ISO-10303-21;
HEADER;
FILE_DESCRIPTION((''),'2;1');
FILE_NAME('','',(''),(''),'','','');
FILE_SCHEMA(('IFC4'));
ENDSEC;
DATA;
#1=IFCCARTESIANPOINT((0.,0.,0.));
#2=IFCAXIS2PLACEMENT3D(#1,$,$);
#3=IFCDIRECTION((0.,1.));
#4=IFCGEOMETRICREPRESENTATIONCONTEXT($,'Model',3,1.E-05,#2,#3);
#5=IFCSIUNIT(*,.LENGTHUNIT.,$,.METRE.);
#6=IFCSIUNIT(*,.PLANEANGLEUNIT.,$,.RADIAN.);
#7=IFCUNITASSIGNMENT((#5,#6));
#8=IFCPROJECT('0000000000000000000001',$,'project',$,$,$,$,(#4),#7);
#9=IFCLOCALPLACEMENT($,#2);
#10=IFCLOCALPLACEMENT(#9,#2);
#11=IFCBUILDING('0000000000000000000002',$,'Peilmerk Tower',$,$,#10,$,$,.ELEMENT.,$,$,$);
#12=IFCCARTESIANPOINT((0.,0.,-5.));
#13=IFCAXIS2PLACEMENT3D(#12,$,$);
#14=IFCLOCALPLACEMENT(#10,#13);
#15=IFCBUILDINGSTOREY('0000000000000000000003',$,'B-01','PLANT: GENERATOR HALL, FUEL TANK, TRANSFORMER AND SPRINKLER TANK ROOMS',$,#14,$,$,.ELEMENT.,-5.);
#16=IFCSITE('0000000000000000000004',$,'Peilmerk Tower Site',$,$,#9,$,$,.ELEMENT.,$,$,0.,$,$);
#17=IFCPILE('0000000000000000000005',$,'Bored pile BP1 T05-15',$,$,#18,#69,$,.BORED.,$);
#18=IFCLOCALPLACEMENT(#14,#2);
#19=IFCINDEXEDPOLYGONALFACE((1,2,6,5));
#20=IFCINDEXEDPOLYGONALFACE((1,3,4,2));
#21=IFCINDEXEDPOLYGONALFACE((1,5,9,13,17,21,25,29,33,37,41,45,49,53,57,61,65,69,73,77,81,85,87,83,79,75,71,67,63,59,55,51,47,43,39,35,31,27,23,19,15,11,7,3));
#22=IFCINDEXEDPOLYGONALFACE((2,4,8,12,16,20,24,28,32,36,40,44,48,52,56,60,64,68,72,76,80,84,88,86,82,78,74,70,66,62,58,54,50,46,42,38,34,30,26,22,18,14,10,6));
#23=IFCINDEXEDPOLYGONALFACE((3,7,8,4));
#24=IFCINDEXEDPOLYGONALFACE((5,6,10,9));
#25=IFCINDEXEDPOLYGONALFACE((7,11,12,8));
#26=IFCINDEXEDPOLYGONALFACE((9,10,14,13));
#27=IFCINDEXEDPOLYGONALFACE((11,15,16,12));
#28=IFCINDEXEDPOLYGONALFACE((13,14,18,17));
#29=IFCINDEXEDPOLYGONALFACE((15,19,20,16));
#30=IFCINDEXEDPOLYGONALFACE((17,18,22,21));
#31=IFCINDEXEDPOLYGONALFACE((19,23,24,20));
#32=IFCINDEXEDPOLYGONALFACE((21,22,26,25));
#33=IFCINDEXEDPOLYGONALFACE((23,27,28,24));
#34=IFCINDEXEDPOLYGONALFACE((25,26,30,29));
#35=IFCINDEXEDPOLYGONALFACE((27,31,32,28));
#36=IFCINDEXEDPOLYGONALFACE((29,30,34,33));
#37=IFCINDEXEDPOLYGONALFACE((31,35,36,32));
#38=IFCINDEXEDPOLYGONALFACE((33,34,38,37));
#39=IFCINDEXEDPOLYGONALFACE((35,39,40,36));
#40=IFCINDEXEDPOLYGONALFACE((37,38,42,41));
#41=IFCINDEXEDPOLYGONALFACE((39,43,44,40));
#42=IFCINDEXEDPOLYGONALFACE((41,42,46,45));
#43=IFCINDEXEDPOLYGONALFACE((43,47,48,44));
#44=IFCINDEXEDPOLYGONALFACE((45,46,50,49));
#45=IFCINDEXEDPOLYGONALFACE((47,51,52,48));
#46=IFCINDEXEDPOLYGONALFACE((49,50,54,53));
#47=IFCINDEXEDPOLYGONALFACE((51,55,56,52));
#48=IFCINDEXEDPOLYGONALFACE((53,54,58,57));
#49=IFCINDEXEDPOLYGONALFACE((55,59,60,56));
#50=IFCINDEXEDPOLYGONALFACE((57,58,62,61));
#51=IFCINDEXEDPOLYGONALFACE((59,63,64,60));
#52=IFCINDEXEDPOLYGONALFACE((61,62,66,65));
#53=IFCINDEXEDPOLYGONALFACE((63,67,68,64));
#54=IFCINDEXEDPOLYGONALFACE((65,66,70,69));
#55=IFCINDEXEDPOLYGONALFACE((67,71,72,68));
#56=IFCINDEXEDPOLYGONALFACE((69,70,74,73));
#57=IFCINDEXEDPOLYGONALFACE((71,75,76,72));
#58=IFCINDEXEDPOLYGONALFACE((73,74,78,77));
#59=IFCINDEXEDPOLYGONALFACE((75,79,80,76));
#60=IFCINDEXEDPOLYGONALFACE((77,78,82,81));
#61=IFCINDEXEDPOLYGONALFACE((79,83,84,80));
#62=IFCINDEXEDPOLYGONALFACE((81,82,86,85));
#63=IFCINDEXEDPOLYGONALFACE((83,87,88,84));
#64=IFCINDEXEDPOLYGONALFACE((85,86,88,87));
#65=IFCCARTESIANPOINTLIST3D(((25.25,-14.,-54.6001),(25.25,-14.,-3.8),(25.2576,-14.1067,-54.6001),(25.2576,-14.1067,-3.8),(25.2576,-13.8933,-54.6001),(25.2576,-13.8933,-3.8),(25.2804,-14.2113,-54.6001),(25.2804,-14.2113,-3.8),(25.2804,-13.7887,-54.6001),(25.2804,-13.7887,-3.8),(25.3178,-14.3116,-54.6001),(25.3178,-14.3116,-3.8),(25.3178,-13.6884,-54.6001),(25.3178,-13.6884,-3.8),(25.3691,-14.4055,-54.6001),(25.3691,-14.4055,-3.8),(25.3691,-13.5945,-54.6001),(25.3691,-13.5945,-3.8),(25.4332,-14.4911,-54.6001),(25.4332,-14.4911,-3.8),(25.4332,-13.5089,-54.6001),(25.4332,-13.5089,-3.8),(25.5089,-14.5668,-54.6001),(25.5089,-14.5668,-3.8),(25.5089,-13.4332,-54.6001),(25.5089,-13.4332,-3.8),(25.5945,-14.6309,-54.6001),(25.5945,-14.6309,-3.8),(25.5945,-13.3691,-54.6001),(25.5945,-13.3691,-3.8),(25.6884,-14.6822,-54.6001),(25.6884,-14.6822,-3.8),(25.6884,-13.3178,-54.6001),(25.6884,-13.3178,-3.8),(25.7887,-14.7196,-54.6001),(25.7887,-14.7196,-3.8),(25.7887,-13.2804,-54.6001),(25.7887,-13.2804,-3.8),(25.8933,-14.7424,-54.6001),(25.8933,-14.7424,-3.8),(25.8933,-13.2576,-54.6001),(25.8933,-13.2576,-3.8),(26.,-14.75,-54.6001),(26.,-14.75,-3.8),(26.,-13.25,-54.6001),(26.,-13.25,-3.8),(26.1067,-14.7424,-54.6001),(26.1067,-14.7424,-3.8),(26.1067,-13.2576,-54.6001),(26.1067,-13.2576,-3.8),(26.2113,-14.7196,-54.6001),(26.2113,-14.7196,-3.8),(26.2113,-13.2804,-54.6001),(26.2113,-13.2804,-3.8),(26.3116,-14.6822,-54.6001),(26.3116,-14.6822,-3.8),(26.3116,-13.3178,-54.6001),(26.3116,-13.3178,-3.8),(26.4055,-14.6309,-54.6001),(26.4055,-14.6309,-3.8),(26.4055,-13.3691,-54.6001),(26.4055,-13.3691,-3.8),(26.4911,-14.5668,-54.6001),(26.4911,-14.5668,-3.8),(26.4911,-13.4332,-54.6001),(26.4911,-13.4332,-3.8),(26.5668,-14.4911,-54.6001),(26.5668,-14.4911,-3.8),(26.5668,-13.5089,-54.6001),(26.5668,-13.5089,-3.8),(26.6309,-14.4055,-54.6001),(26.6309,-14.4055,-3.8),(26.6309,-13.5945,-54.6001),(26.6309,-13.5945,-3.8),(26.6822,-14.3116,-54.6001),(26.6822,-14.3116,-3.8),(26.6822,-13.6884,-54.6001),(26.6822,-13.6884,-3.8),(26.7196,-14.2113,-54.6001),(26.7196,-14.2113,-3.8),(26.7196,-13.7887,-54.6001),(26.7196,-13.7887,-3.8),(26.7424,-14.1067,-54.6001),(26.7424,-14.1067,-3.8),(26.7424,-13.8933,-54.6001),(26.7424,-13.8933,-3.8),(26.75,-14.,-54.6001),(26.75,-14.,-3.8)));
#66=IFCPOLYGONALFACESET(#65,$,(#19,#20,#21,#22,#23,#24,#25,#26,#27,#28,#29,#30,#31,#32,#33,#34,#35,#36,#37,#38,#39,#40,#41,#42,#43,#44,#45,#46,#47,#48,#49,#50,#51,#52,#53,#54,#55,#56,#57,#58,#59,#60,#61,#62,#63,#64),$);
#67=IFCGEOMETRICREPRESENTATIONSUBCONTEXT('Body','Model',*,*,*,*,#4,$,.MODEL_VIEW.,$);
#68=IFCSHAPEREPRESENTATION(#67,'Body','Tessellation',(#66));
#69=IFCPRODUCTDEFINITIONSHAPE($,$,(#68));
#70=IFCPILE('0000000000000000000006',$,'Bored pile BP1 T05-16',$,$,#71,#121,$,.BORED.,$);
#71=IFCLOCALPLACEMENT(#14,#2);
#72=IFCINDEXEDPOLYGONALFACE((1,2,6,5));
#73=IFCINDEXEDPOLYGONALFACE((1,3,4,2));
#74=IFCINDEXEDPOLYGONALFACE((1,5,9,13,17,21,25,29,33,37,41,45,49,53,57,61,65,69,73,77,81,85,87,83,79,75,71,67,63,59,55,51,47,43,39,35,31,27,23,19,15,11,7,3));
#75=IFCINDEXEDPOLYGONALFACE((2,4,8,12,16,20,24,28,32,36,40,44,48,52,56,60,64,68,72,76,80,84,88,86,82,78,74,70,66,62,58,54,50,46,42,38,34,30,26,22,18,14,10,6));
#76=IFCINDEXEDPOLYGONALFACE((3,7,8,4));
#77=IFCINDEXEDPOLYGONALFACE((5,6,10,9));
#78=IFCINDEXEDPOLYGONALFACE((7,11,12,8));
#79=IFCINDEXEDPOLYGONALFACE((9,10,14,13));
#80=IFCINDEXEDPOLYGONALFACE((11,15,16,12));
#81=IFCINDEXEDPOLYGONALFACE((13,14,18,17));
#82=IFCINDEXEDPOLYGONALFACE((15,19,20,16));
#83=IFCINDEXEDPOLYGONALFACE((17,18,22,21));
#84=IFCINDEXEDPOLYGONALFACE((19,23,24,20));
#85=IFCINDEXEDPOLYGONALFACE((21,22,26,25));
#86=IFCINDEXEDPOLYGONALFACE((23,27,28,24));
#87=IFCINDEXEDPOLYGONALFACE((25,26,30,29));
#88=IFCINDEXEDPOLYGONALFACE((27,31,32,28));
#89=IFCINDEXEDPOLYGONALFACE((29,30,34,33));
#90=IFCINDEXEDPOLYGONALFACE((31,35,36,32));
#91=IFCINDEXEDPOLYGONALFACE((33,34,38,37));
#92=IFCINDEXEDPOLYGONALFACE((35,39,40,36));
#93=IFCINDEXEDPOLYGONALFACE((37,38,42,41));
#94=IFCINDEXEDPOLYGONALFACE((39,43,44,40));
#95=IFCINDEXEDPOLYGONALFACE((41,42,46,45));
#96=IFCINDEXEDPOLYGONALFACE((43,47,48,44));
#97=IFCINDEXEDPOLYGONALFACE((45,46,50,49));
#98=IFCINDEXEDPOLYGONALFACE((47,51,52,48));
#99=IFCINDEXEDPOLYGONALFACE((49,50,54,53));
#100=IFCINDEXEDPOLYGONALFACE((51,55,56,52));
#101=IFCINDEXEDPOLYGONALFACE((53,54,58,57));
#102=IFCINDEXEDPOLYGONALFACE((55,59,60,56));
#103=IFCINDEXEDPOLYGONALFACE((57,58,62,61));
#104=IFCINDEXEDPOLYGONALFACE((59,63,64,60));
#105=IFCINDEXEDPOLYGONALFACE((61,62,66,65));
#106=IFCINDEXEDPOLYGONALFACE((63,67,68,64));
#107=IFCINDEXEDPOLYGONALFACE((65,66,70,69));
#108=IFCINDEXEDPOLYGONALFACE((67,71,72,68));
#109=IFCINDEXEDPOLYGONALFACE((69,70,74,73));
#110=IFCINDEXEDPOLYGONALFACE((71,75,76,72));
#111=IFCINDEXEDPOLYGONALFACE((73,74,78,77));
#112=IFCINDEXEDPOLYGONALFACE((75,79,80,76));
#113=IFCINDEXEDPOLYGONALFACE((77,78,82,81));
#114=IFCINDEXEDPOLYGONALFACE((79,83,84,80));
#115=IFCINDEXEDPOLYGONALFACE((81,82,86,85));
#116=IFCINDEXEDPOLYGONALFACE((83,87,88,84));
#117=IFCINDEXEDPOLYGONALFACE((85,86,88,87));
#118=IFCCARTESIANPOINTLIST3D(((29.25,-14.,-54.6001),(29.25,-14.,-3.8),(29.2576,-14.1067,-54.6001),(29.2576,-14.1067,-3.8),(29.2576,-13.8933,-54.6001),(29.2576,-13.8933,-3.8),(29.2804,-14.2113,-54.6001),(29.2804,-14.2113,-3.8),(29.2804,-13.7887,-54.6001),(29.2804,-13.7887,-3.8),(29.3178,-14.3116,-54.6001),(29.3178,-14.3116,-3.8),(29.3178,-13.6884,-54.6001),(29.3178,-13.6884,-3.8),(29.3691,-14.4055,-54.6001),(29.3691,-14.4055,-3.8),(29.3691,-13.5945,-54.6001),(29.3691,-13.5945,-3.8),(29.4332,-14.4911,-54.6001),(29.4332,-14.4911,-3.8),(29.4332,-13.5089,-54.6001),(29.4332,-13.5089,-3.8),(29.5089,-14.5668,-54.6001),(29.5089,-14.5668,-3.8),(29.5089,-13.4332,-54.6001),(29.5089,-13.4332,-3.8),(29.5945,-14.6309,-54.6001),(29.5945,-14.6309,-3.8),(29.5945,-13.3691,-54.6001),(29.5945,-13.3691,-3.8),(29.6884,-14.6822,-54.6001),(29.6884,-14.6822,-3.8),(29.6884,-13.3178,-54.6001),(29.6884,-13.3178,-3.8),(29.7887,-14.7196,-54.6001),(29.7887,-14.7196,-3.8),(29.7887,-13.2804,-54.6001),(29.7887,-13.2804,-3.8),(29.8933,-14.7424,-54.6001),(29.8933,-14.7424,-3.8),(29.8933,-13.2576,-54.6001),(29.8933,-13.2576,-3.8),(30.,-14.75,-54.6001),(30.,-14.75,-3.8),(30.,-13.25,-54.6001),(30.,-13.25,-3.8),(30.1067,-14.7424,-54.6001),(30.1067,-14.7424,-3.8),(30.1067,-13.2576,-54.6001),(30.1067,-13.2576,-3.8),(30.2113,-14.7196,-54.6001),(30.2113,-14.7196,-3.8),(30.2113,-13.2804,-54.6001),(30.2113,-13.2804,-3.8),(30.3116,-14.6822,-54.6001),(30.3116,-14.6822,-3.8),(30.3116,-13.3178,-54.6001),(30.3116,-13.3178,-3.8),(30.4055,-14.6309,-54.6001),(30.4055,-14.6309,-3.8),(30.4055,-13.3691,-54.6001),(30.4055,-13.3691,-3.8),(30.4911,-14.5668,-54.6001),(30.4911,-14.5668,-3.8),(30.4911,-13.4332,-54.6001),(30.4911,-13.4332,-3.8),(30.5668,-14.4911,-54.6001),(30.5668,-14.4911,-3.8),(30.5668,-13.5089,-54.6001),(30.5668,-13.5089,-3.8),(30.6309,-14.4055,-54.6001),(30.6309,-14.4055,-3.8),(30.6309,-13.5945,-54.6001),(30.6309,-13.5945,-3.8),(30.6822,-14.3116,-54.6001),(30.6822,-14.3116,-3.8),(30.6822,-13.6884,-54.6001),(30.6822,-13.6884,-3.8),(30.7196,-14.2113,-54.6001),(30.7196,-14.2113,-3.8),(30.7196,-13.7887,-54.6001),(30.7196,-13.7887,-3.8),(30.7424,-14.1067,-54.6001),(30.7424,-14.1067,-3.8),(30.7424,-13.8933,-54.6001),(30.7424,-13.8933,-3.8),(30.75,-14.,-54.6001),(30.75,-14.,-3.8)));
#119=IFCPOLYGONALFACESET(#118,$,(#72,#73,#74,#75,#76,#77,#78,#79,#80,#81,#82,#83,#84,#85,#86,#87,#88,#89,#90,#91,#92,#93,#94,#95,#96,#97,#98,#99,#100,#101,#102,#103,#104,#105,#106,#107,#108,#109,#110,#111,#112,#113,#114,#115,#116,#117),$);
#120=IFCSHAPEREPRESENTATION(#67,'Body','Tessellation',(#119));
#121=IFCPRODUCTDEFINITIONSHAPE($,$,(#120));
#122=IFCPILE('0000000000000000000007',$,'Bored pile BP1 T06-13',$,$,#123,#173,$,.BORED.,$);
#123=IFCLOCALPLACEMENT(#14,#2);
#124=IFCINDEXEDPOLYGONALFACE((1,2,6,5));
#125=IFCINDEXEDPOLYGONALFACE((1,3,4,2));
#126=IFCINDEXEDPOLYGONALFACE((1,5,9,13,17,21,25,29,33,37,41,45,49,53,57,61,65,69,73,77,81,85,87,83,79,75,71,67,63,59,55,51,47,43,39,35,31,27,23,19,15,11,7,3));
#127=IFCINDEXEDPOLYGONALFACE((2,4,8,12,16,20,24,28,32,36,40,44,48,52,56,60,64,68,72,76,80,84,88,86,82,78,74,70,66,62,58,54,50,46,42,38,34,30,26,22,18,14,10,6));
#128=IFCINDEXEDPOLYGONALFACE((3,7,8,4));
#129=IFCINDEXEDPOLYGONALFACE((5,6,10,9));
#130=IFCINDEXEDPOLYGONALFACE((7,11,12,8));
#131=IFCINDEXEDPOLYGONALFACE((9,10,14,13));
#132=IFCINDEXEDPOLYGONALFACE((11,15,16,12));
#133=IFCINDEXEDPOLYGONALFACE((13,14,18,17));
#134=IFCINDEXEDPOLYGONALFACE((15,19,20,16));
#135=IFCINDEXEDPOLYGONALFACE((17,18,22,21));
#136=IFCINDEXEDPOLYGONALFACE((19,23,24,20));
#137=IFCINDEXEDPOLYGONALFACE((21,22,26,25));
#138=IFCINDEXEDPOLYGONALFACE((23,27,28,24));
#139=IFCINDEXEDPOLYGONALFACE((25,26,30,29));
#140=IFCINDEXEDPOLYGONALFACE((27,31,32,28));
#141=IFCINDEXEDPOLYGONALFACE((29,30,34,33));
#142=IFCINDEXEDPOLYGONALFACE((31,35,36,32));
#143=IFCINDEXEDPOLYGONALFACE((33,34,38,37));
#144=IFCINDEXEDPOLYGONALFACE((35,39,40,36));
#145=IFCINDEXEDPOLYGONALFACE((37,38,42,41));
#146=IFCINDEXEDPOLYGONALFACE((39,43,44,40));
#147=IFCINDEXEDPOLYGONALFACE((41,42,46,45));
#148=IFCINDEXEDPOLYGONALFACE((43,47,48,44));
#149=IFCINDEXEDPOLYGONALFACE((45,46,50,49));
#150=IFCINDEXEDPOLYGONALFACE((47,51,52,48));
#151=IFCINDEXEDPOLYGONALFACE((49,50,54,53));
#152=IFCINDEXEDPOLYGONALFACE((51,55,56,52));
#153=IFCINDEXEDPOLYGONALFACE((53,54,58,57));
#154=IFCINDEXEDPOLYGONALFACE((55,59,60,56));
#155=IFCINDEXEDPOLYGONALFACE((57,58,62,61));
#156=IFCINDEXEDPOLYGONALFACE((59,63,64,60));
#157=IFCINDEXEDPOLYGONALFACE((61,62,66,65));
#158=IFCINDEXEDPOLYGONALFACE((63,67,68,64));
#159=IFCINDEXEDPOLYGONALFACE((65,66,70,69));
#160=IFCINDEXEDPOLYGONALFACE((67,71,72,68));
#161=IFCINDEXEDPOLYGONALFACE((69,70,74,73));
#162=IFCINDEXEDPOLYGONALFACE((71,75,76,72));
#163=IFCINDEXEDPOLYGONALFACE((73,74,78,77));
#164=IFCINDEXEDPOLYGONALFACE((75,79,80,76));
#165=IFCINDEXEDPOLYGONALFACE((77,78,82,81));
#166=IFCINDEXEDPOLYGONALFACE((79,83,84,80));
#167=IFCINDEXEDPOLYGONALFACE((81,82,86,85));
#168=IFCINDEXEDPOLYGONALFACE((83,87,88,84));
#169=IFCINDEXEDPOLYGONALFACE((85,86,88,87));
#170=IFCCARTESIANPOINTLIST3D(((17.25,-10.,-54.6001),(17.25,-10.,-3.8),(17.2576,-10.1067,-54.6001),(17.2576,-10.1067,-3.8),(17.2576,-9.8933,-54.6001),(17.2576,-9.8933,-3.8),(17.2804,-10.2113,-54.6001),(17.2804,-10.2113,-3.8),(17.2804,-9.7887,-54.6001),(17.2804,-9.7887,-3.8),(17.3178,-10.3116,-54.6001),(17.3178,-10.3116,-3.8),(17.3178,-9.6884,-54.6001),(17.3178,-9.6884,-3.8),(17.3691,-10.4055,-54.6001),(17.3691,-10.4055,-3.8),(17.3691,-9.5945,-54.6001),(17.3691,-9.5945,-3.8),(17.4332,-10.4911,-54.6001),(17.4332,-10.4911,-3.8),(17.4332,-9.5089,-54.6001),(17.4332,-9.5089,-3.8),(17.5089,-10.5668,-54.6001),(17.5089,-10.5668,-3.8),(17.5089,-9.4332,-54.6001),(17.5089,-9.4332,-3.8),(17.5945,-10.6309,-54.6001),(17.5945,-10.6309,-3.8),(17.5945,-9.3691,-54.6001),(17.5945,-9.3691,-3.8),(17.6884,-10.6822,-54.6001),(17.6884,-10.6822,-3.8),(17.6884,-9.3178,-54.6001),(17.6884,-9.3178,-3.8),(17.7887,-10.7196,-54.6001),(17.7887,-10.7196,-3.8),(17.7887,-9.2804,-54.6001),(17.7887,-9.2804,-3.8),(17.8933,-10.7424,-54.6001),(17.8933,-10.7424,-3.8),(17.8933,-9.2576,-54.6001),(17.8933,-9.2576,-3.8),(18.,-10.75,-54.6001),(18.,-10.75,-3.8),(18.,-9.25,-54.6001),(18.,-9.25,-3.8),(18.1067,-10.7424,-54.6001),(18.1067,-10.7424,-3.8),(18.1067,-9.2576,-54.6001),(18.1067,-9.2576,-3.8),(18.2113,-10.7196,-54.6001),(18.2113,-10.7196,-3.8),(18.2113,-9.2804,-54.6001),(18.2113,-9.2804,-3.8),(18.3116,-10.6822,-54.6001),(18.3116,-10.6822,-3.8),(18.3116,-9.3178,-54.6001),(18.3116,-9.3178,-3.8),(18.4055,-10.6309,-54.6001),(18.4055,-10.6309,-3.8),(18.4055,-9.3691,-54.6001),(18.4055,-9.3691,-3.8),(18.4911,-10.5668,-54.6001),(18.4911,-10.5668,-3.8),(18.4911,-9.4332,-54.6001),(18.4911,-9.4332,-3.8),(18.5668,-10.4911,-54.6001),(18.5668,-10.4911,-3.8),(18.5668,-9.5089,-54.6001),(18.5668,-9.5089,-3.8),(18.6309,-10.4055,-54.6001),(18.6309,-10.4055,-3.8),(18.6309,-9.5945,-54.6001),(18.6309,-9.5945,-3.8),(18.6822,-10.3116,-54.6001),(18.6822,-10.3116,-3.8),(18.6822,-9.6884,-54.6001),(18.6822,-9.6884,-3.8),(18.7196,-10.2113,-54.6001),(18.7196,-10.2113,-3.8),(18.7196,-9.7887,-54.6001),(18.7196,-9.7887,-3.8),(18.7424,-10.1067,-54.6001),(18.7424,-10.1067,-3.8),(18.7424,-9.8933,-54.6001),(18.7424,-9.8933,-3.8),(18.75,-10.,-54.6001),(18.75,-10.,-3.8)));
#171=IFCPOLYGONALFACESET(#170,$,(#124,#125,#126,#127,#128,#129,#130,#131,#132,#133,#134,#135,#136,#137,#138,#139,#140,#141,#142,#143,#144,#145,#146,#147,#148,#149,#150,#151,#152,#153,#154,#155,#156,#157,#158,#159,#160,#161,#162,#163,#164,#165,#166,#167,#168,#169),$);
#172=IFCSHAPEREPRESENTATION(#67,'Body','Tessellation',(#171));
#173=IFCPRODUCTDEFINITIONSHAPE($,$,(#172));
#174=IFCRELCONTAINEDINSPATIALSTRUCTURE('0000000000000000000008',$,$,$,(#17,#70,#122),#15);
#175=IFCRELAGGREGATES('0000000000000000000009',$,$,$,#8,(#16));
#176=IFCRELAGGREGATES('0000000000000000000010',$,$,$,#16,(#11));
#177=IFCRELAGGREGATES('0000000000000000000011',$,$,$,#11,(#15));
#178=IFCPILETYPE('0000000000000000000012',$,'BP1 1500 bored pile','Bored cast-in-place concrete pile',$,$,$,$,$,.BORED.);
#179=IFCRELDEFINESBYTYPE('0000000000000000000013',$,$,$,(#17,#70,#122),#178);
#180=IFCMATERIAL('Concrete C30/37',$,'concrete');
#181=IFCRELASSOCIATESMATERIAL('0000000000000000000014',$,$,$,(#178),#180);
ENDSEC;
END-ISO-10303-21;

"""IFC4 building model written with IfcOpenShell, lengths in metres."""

from ifc_helpers import new_model, si_unit, direction, frame, origin, origin_2d, place, context, subcontext, project, spatial, circle, extrude, material, material_profile, profile_set, type_object, element, save


model = new_model("IFC4")

# Units and contexts
model_context = context("Model", 3, precision=1e-05, world=origin(), true_north=direction((0.0, 1.0)))
body_context = subcontext(model_context, "Body", "Model", "MODEL_VIEW")
ifc_project = project(units=[si_unit("LENGTHUNIT", "METRE"), si_unit("PLANEANGLEUNIT", "RADIAN")], contexts=[model_context])

# Site, building, storey
site_placement = place(None, origin())
site = spatial("IfcSite", under=ifc_project, at=site_placement, Name="Peilmerk Tower Site", CompositionType="ELEMENT", RefElevation=0.0)
building_placement = place(site_placement, origin())
building = spatial("IfcBuilding", under=site, at=building_placement, Name="Peilmerk Tower", CompositionType="ELEMENT")
storey_placement = place(building_placement, frame((0.0, 0.0, -5.0)))
storey = spatial("IfcBuildingStorey", under=building, at=storey_placement, Name="B-01", Description="PLANT: GENERATOR HALL, FUEL TANK, TRANSFORMER AND SPRINKLER TANK ROOMS", CompositionType="ELEMENT", Elevation=-5.0)

# Piles
ifc_material_1 = material(Name="Concrete C30/37", Category="concrete")
ifc_material_profile_1 = material_profile(ifc_material_1, circle(Radius=0.75, at=origin_2d()), Name="BP 1500")
ifc_profile_set_1 = profile_set([ifc_material_profile_1], Name="Concrete C30/37")
pile_type = type_object("IfcPileType", Name="BP1 1500 bored pile", Description="Bored cast-in-place concrete pile", PredefinedType="BORED", material=ifc_profile_set_1)
for number, where, z_axis, x_axis, name in (
    (1, (26.0, -14.0, -3.8), (0.0, 0.0, -1.0), (1.0, 0.0, 0.0), "Bored pile BP1 T05-15"),
    (2, (30.0, -14.0, -3.8), (0.0, 0.0, -1.0), (1.0, 0.0, 0.0), "Bored pile BP1 T05-16"),
    (3, (18.0, -10.0, -3.8), (0.0, 0.0, -1.0), (1.0, 0.0, 0.0), "Bored pile BP1 T06-13"),
):
    element("IfcPile", number, at=place(storey_placement, frame(where, z_axis=z_axis, x_axis=x_axis)), inside=storey, type_object=pile_type, Name=name, PredefinedType="BORED", context=body_context, shape_type="SweptSolid", body=[
        extrude(circle(Radius=0.75, at=origin_2d()), origin(), (0.0, 0.0, 1.0), 50.8),
    ])

save(model, "model.ifc")
